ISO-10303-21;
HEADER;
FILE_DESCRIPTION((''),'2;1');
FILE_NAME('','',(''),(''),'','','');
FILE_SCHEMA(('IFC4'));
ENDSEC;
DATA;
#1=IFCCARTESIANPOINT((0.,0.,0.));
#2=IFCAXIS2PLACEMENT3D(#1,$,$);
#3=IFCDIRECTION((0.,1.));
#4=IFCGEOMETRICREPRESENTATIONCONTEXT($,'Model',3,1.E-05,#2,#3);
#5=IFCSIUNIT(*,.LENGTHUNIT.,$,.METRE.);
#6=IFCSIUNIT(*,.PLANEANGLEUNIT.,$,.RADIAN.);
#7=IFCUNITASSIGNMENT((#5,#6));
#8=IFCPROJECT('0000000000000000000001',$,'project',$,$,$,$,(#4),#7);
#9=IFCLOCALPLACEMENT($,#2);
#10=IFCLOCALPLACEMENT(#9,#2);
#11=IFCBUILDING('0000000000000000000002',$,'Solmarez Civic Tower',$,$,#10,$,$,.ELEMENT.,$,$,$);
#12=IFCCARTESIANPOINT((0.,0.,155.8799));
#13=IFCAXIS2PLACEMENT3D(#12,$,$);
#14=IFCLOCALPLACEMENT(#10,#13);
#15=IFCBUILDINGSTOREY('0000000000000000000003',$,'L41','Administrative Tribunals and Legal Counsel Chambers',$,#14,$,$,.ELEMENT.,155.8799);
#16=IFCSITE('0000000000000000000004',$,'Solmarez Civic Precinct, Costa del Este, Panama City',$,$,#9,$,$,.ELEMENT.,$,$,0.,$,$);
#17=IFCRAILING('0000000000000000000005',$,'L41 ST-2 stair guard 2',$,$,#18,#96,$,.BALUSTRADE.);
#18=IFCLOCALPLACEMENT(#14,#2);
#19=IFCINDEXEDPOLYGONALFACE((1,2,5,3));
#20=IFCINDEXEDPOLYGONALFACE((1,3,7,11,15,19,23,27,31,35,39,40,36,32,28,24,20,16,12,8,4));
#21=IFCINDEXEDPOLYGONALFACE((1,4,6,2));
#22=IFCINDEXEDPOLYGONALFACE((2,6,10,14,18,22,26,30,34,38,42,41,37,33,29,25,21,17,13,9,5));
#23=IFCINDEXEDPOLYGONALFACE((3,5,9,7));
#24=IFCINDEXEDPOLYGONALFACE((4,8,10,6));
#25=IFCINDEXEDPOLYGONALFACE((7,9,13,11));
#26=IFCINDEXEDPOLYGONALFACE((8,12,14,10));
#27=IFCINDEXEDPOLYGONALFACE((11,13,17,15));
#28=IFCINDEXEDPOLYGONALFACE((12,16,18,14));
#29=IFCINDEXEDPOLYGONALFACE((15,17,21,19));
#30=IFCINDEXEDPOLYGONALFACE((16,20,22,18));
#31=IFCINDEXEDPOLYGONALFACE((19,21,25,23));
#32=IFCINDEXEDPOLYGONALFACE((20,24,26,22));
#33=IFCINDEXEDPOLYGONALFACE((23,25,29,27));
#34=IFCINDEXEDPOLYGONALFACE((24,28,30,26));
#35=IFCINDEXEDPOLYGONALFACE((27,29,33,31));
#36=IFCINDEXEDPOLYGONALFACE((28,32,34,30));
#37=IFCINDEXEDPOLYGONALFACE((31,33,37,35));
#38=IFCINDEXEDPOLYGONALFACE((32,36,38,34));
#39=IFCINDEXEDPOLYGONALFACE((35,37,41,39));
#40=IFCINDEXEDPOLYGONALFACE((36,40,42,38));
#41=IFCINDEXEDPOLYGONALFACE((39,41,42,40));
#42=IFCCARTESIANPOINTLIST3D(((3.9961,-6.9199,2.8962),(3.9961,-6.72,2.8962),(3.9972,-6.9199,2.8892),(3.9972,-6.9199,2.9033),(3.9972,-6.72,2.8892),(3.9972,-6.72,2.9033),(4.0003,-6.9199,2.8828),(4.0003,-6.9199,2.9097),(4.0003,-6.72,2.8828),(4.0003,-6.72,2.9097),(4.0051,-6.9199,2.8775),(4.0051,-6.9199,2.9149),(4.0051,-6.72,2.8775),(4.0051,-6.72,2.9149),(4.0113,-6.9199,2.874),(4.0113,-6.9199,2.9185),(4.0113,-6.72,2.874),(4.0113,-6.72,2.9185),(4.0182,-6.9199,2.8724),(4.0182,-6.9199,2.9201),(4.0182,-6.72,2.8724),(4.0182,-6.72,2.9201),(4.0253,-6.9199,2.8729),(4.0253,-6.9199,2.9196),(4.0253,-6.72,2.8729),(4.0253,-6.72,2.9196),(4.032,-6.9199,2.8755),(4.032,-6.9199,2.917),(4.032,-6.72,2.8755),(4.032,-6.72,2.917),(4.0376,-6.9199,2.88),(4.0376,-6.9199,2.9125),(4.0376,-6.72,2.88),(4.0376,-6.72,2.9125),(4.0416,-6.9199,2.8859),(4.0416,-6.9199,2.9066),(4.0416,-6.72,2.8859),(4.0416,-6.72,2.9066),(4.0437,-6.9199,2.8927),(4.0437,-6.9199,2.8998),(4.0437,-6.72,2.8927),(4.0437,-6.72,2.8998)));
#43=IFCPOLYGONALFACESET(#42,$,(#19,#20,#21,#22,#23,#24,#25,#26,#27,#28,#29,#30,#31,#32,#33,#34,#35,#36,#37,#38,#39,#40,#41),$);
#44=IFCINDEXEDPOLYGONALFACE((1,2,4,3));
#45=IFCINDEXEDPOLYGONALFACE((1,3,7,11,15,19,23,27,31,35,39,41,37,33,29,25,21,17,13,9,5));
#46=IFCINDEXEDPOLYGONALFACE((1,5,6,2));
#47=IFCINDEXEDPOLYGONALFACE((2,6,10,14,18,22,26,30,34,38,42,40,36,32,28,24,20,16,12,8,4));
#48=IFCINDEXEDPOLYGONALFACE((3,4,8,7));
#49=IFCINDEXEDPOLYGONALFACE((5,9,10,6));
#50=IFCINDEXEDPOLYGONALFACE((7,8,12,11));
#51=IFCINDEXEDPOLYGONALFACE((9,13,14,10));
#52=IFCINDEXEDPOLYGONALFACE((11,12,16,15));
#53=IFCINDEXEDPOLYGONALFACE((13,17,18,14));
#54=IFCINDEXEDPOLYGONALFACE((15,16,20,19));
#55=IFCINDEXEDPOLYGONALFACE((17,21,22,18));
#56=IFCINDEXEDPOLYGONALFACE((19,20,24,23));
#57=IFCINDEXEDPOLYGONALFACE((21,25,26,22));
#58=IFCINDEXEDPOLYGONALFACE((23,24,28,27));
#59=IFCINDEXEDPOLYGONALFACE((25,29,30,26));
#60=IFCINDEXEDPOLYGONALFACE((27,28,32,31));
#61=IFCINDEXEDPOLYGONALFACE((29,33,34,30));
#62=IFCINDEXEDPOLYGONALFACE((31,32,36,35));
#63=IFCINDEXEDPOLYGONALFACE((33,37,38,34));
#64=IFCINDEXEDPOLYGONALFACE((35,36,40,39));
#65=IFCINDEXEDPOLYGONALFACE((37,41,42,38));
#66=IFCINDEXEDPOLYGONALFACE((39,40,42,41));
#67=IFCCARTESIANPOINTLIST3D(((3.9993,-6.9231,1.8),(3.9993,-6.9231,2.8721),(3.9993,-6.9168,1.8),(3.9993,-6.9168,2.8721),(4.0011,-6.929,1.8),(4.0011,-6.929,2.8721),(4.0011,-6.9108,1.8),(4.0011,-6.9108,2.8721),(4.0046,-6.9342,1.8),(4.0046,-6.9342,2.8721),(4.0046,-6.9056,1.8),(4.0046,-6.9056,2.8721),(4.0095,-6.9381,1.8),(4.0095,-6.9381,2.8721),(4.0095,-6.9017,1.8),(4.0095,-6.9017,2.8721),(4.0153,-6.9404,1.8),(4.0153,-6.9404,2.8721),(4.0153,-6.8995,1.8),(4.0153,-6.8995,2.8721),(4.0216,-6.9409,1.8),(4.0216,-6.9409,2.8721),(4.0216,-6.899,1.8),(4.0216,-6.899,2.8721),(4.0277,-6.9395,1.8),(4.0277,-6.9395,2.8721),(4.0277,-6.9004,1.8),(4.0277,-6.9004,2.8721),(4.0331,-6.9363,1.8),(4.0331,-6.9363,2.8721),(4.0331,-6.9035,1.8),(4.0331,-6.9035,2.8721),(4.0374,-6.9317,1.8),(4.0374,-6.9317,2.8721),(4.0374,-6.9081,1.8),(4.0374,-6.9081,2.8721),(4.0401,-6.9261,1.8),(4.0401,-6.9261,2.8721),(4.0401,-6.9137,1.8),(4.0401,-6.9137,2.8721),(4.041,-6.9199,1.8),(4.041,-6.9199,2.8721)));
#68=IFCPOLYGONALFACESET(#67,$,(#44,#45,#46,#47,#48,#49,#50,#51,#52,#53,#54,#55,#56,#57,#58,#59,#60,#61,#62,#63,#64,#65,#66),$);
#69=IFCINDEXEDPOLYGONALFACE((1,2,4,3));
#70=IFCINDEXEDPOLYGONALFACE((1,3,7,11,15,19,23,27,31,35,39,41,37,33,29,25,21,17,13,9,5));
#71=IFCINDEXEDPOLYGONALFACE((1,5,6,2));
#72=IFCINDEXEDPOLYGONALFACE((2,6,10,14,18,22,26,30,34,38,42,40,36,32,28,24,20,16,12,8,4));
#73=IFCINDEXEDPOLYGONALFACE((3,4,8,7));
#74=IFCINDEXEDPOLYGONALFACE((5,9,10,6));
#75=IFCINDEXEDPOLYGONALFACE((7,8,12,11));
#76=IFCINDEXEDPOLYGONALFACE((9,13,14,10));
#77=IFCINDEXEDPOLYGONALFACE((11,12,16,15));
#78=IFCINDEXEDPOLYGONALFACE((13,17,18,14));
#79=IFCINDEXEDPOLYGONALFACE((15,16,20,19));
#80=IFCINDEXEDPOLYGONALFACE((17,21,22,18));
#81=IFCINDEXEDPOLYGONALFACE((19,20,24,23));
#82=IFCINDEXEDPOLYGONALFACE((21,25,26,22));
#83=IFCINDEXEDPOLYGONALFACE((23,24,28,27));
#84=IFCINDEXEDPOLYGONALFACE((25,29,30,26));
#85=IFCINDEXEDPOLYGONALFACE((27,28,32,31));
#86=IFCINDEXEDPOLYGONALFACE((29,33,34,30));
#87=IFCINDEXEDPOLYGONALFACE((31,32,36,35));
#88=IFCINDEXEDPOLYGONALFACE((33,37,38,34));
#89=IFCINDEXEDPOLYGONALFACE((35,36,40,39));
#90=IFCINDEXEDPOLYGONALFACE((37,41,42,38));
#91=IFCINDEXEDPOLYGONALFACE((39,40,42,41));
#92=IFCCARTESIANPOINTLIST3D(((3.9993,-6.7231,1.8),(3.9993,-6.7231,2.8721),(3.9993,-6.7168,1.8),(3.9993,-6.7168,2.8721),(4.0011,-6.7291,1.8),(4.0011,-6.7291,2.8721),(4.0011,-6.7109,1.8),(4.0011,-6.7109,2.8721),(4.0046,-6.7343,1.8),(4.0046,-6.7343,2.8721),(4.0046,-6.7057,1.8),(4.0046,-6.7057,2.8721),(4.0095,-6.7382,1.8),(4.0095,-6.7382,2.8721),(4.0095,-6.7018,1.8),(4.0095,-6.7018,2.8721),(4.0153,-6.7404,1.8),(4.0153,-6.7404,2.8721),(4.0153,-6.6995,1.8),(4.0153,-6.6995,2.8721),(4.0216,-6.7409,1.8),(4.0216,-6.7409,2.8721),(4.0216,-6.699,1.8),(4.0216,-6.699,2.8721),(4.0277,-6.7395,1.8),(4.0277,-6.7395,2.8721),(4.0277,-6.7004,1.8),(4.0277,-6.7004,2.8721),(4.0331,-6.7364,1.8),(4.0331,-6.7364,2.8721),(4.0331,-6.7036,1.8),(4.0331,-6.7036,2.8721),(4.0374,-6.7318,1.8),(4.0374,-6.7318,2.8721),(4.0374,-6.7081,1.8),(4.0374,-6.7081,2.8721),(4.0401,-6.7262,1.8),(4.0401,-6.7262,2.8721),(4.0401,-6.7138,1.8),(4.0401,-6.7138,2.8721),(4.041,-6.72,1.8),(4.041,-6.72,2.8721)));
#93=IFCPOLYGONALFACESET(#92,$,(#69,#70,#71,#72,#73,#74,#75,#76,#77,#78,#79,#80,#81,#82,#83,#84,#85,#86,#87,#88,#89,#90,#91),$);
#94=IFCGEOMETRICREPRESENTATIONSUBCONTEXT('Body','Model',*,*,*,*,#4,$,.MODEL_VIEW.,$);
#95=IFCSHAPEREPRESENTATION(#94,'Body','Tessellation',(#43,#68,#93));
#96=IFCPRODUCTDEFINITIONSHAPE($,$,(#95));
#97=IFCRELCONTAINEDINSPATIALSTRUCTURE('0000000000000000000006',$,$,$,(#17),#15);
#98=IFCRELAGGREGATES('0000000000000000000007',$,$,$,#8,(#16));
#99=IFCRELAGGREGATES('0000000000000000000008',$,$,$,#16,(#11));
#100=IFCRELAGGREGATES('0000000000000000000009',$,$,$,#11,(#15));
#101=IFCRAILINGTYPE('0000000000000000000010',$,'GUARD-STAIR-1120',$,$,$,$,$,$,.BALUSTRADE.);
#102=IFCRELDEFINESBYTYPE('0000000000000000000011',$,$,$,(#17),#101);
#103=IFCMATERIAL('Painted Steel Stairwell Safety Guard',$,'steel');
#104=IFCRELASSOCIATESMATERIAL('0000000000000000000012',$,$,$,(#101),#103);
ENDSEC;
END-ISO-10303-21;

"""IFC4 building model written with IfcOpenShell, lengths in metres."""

from ifc_helpers import new_model, si_unit, direction, frame, origin, origin_2d, place, context, subcontext, project, spatial, circle, extrude, material, type_object, element, save


model = new_model("IFC4")

# Units and contexts
model_context = context("Model", 3, precision=1e-05, world=origin(), true_north=direction((0.0, 1.0)))
body_context = subcontext(model_context, "Body", "Model", "MODEL_VIEW")
ifc_project = project(units=[si_unit("LENGTHUNIT", "METRE"), si_unit("PLANEANGLEUNIT", "RADIAN")], contexts=[model_context])

# Site, building, storey
site_placement = place(None, origin())
site = spatial("IfcSite", under=ifc_project, at=site_placement, Name="Solmarez Civic Precinct, Costa del Este, Panama City", CompositionType="ELEMENT", RefElevation=0.0)
building_placement = place(site_placement, origin())
building = spatial("IfcBuilding", under=site, at=building_placement, Name="Solmarez Civic Tower", CompositionType="ELEMENT")
storey_placement = place(building_placement, frame((0.0, 0.0, 155.8799)))
storey = spatial("IfcBuildingStorey", under=building, at=storey_placement, Name="L41", Description="Administrative Tribunals and Legal Counsel Chambers", CompositionType="ELEMENT", Elevation=155.8799)

# Railing
ifc_material_1 = material(Name="Painted Steel Stairwell Safety Guard", Category="steel")
railing_type_1 = type_object("IfcRailingType", Name="GUARD-STAIR-1120", PredefinedType="BALUSTRADE", material=ifc_material_1)
railing_1_placement = place(storey_placement, frame((4.02, -6.9199, 1.8)))
element("IfcRailing", 1, at=railing_1_placement, inside=storey, type_object=railing_type_1, Name="L41 ST-2 stair guard 2", PredefinedType="BALUSTRADE", context=body_context, shape_type="SweptSolid", body=[
    extrude(circle(Radius=0.0239, at=origin_2d()), frame((0.0, 0.0, 1.0962), z_axis=(0.0, 1.0, 0.0), x_axis=(-1.0, 0.0, 0.0)), (0.0, 0.0, 1.0), 0.2),
    extrude(circle(Radius=0.021, at=origin_2d()), origin(), (0.0, 0.0, 1.0), 1.072),
    extrude(circle(Radius=0.021, at=origin_2d()), frame((0.0, 0.2, 0.0)), (0.0, 0.0, 1.0), 1.072),
])

save(model, "model.ifc")
